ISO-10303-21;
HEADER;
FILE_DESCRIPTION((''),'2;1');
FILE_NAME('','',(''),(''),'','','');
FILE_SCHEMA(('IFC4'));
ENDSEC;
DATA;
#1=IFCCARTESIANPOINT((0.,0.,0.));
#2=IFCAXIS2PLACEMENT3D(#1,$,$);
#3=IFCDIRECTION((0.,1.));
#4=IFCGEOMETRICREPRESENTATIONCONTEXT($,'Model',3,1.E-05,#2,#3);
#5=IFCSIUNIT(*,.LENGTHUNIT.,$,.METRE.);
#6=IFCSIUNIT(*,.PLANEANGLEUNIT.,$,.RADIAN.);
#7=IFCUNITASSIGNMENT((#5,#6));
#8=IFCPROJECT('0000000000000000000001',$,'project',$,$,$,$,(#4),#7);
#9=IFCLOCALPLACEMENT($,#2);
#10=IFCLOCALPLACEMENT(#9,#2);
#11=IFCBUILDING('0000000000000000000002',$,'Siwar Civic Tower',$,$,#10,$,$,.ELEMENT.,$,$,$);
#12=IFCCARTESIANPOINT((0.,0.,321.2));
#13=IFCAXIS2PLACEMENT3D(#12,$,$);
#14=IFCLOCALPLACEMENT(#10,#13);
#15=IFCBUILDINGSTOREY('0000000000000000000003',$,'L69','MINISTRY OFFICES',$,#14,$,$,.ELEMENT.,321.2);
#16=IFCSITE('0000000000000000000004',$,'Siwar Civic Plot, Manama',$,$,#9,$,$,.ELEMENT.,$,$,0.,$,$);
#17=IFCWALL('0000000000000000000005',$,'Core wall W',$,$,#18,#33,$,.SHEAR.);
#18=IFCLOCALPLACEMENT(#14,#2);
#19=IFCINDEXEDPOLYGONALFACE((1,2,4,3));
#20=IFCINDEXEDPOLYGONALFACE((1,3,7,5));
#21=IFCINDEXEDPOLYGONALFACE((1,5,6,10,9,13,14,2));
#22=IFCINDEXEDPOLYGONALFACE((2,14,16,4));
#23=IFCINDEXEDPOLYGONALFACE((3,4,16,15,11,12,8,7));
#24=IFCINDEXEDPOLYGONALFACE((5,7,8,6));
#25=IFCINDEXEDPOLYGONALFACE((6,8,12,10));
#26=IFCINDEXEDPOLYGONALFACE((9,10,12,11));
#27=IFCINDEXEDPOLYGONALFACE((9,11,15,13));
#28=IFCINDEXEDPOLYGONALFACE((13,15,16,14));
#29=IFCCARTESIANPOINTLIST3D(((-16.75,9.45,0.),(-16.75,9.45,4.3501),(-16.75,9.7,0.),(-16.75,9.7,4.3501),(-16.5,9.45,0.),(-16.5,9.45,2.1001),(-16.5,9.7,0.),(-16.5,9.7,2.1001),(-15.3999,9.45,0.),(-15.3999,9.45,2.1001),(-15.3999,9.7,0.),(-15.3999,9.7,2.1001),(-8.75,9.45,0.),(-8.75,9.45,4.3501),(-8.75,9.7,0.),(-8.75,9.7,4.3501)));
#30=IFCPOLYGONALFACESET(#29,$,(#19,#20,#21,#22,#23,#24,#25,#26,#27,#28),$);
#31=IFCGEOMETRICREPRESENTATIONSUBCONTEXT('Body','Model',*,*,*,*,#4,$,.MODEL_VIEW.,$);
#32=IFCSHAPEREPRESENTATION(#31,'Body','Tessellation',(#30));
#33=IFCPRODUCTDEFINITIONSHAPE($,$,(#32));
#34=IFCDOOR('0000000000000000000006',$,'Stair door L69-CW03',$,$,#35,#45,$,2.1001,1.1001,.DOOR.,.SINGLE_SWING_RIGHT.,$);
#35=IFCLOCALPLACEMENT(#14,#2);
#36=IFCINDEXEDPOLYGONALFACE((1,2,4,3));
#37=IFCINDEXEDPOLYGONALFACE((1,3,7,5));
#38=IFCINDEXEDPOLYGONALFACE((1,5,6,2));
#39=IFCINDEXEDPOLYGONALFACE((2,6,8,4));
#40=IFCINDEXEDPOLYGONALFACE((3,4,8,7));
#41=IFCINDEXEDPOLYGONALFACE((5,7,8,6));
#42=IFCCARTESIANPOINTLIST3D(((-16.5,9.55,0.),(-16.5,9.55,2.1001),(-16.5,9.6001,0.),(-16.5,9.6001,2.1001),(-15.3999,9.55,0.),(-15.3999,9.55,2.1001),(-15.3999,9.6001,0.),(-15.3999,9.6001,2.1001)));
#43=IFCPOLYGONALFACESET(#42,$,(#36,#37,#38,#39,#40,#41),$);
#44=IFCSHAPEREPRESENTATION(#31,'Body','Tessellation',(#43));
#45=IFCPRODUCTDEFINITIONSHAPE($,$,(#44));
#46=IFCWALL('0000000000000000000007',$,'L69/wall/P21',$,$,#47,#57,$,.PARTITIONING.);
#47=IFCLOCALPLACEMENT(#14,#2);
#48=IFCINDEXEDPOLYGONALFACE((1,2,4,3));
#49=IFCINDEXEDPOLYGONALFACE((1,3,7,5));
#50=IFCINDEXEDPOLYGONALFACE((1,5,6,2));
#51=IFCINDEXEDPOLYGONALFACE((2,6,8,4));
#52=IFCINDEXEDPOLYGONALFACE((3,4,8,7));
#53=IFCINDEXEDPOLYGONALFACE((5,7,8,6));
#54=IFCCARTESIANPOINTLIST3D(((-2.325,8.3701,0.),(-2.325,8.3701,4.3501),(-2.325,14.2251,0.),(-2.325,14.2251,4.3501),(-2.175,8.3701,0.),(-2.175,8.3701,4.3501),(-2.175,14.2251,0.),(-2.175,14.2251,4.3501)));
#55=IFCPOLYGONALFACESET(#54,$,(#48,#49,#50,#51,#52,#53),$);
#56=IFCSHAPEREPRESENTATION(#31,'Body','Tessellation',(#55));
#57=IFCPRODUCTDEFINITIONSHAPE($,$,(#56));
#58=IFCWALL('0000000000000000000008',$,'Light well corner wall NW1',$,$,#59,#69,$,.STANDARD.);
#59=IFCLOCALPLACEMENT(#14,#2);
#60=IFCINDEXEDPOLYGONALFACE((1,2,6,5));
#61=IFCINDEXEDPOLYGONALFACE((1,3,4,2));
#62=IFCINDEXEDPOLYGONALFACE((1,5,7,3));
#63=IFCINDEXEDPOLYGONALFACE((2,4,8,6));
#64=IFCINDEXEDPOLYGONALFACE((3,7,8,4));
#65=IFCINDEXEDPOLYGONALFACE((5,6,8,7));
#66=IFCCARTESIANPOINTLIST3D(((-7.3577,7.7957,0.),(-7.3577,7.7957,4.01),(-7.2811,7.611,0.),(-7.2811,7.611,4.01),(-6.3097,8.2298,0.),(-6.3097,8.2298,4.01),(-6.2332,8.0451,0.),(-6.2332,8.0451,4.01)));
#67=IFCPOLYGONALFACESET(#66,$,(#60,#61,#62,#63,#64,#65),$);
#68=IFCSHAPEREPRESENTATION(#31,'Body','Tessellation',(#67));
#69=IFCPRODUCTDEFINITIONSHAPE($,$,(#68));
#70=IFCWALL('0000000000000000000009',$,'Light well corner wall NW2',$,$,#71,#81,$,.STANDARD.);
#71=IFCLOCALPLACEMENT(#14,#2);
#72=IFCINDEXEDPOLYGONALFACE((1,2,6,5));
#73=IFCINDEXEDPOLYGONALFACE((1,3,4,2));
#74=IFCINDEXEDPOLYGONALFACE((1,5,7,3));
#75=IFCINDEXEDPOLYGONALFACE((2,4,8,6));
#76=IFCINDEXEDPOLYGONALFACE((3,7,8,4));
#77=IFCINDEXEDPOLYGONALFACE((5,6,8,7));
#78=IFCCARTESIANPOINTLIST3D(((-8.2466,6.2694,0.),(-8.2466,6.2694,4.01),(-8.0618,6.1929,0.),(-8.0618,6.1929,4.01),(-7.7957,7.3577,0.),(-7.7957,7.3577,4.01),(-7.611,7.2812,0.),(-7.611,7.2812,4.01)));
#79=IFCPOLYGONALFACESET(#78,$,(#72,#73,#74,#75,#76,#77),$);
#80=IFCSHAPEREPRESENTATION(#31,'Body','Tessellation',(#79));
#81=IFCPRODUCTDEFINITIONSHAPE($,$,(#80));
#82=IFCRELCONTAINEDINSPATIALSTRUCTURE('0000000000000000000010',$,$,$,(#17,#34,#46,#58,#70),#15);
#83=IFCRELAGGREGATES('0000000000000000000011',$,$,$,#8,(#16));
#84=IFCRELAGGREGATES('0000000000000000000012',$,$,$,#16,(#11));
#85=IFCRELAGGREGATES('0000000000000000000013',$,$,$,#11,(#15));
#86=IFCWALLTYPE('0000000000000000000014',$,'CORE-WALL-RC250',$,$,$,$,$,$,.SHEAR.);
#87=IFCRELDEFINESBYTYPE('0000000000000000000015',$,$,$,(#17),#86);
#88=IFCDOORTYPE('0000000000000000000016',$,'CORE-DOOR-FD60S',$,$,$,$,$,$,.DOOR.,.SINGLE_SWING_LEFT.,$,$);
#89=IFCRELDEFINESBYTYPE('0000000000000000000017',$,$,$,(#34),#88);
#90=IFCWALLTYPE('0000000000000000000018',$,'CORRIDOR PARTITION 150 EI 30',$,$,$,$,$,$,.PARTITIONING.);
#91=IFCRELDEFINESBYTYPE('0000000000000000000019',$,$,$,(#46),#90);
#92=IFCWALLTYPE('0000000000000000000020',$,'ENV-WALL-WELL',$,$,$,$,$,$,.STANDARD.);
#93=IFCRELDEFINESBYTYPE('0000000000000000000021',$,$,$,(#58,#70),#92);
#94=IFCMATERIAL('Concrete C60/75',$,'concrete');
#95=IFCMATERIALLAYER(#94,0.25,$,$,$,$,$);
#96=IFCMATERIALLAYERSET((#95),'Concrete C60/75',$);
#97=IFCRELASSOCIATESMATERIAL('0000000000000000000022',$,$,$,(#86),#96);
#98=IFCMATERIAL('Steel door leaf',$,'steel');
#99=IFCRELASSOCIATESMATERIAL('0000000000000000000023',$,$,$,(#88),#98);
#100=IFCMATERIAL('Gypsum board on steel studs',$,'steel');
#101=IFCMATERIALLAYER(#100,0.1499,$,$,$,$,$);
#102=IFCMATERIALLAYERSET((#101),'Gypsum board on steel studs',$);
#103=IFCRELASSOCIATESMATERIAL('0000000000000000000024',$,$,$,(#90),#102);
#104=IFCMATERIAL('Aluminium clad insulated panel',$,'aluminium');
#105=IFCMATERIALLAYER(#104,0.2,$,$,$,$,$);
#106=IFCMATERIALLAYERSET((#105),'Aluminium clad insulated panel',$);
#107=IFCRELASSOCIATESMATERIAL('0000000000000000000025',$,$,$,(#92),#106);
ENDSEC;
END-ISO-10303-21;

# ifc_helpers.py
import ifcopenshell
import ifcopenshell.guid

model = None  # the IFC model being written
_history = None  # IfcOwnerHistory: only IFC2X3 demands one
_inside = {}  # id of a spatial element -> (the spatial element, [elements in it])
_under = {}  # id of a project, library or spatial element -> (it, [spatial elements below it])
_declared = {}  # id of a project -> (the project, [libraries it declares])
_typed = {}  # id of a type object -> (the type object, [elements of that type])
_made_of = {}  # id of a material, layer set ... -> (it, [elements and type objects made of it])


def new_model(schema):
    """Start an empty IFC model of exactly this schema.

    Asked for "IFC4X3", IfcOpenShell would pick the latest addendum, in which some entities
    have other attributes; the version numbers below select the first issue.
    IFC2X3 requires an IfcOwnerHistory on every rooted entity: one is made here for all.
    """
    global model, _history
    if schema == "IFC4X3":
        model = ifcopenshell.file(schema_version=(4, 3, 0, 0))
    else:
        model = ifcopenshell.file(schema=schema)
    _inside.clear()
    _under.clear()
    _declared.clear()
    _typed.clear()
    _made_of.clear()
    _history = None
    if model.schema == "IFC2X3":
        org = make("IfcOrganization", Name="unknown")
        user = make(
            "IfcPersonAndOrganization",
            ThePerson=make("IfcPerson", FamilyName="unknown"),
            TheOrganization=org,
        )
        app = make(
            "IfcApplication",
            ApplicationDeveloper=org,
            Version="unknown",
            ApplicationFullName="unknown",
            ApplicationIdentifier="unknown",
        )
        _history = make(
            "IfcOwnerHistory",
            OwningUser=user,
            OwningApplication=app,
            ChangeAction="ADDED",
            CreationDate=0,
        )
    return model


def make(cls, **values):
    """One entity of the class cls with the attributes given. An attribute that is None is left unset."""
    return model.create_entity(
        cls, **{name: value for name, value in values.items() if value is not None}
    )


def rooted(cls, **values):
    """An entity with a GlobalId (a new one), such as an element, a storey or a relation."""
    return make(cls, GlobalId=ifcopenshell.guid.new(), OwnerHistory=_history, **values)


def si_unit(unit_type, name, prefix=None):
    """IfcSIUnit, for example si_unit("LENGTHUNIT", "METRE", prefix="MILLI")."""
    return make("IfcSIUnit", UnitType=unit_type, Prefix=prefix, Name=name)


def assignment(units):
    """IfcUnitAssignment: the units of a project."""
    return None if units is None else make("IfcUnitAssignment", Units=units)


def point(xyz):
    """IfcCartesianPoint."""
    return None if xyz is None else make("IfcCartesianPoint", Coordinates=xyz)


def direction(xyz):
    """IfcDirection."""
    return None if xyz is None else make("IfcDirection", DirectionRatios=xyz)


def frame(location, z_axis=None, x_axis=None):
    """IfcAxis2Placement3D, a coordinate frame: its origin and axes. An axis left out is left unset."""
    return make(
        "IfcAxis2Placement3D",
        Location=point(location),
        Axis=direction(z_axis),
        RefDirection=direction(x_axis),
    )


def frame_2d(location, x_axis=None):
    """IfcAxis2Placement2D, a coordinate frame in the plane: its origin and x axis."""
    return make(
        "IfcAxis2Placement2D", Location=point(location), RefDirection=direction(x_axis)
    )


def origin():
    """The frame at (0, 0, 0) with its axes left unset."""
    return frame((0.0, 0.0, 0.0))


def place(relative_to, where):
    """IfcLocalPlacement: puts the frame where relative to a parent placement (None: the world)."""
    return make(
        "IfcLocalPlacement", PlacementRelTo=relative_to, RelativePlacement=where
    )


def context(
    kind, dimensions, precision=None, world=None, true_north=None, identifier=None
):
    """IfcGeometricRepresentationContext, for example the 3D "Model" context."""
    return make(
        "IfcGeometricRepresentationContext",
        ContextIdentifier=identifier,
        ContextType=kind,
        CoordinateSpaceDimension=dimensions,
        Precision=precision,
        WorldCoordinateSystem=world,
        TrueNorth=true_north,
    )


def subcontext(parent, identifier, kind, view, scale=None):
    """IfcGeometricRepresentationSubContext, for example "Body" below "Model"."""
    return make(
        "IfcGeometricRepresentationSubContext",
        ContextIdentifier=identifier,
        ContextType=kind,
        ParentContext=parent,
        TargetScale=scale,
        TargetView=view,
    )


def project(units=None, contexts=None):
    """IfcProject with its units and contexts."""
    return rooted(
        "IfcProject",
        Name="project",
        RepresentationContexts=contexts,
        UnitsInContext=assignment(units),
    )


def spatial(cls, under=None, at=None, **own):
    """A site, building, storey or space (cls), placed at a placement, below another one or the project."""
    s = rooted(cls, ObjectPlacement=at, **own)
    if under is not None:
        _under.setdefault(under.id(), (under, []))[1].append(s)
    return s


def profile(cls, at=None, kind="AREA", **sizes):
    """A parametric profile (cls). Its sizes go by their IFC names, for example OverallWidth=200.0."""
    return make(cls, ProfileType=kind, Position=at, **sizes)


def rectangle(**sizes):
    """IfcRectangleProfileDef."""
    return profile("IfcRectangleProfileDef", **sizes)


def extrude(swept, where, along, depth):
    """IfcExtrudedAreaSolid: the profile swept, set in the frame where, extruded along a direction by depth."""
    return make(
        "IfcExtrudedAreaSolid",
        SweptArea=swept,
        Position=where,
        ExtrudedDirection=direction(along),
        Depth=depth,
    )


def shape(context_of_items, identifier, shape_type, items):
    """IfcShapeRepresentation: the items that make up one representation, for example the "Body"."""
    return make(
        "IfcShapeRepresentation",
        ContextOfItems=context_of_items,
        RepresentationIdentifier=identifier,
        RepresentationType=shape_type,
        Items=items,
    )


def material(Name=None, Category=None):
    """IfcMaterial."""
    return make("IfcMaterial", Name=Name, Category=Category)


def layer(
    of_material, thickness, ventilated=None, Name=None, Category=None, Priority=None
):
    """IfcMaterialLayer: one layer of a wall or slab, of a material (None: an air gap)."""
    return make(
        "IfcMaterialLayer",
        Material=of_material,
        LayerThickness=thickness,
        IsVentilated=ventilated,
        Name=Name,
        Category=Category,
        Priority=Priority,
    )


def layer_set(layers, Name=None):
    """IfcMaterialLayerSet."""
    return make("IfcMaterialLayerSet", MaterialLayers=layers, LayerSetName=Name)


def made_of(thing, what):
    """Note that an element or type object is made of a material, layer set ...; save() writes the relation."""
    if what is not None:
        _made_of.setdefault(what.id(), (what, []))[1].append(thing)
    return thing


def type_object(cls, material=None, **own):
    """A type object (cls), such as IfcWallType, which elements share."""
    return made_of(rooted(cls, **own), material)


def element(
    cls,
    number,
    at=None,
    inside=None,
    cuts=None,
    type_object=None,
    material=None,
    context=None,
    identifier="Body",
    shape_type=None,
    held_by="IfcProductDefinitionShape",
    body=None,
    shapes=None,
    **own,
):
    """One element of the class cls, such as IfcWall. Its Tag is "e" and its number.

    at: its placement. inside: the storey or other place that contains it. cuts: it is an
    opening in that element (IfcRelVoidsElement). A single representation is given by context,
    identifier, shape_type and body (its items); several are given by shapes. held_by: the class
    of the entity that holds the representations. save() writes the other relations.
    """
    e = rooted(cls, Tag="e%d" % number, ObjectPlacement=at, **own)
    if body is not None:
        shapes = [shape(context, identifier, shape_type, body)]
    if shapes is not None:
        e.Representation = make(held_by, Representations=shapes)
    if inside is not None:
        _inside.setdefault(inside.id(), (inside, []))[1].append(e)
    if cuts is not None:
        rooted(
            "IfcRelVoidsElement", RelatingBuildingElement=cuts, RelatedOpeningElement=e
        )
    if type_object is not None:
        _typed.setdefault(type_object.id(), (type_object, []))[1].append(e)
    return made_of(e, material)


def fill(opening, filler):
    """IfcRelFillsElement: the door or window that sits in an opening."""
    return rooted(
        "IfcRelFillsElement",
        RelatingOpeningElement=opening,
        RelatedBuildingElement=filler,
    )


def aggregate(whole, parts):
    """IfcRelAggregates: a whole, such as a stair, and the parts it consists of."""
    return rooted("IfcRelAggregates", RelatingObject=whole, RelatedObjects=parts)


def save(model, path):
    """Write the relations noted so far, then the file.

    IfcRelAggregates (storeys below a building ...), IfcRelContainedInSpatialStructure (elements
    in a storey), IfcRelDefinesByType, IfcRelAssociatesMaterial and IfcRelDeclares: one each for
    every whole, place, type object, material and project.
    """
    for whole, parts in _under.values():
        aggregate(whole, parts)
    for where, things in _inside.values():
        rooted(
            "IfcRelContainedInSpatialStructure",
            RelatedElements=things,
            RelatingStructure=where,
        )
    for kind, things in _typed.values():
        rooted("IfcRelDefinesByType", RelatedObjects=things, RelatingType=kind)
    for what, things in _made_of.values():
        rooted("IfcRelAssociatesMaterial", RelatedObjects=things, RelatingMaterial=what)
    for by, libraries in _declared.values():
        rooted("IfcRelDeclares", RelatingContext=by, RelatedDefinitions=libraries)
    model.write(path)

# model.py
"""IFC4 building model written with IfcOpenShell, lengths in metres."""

from ifc_helpers import new_model, si_unit, direction, frame, frame_2d, origin, place, context, subcontext, project, spatial, rectangle, extrude, material, layer, layer_set, type_object, element, fill, save


model = new_model("IFC4")

# Units and contexts
model_context = context("Model", 3, precision=1e-05, world=origin(), true_north=direction((0.0, 1.0)))
body_context = subcontext(model_context, "Body", "Model", "MODEL_VIEW")
ifc_project = project(units=[si_unit("LENGTHUNIT", "METRE"), si_unit("PLANEANGLEUNIT", "RADIAN")], contexts=[model_context])

# Site, building, storey
site_placement = place(None, origin())
site = spatial("IfcSite", under=ifc_project, at=site_placement, Name="Siwar Civic Plot, Manama", CompositionType="ELEMENT", RefElevation=0.0)
building_placement = place(site_placement, origin())
building = spatial("IfcBuilding", under=site, at=building_placement, Name="Siwar Civic Tower", CompositionType="ELEMENT")
storey_placement = place(building_placement, frame((0.0, 0.0, 321.2)))
storey = spatial("IfcBuildingStorey", under=building, at=storey_placement, Name="L69", Description="MINISTRY OFFICES", CompositionType="ELEMENT", Elevation=321.2)

# Shared definitions
ifc_material_1 = material(Name="Concrete C60/75", Category="concrete")
ifc_layer_1 = layer(ifc_material_1, 0.25)
ifc_layer_set_1 = layer_set([ifc_layer_1], Name="Concrete C60/75")
wall_type_1 = type_object("IfcWallType", Name="CORE-WALL-RC250", PredefinedType="SHEAR", material=ifc_layer_set_1)

# Wall, opening, door
wall_1_placement = place(storey_placement, frame((-8.75, 9.575, 0.0), z_axis=(0.0, 0.0, 1.0), x_axis=(-1.0, 0.0, 0.0)))
wall_1 = element("IfcWall", 1, at=wall_1_placement, inside=storey, type_object=wall_type_1, Name="Core wall W", PredefinedType="SHEAR", context=body_context, shape_type="SweptSolid", body=[
    extrude(rectangle(XDim=8.0, YDim=0.25, at=frame_2d((4.0, 0.0))), origin(), (0.0, 0.0, 1.0), 4.3501),
])
opening_1_placement = place(wall_1_placement, frame((6.6499, 0.0, 0.0)))
opening_1 = element("IfcOpeningElement", 2, at=opening_1_placement, cuts=wall_1, PredefinedType="OPENING", context=body_context, shape_type="SweptSolid", body=[
    extrude(rectangle(XDim=1.1001, YDim=2.1001, at=frame_2d((0.55, 1.05))), frame((0.0, 0.135, 0.0), z_axis=(0.0, -1.0, 0.0), x_axis=(1.0, 0.0, 0.0)), (0.0, 0.0, 1.0), 0.27),
])
ifc_material_2 = material(Name="Steel door leaf", Category="steel")
door_type_1 = type_object("IfcDoorType", Name="CORE-DOOR-FD60S", OperationType="SINGLE_SWING_LEFT", PredefinedType="DOOR", material=ifc_material_2)
door_1_placement = place(opening_1_placement, origin())
door_1 = element("IfcDoor", 3, at=door_1_placement, inside=storey, type_object=door_type_1, Name="Stair door L69-CW03", OperationType="SINGLE_SWING_RIGHT", OverallHeight=2.1001, OverallWidth=1.1001, PredefinedType="DOOR", context=body_context, shape_type="SweptSolid", body=[
    extrude(rectangle(XDim=1.1001, YDim=2.1001, at=frame_2d((0.55, 1.05))), frame((0.0, 0.0249, 0.0), z_axis=(0.0, -1.0, 0.0), x_axis=(1.0, 0.0, 0.0)), (0.0, 0.0, 1.0), 0.05),
])
fill(opening_1, door_1)

# Walls
ifc_material_3 = material(Name="Gypsum board on steel studs", Category="steel")
ifc_layer_2 = layer(ifc_material_3, 0.1499)
ifc_layer_set_2 = layer_set([ifc_layer_2], Name="Gypsum board on steel studs")
wall_type_2 = type_object("IfcWallType", Name="CORRIDOR PARTITION 150 EI 30", PredefinedType="PARTITIONING", material=ifc_layer_set_2)
wall_2_placement = place(storey_placement, frame((-2.25, 8.3701, 0.0), z_axis=(0.0, 0.0, 1.0), x_axis=(0.0, 1.0, 0.0)))
element("IfcWall", 4, at=wall_2_placement, inside=storey, type_object=wall_type_2, Name="L69/wall/P21", PredefinedType="PARTITIONING", context=body_context, shape_type="SweptSolid", body=[
    extrude(rectangle(XDim=5.855, YDim=0.1499, at=frame_2d((2.9275, 0.0))), origin(), (0.0, 0.0, 1.0), 4.3501),
])
ifc_material_4 = material(Name="Aluminium clad insulated panel", Category="aluminium")
ifc_layer_3 = layer(ifc_material_4, 0.2)
ifc_layer_set_3 = layer_set([ifc_layer_3], Name="Aluminium clad insulated panel")
wall_type_3 = type_object("IfcWallType", Name="ENV-WALL-WELL", PredefinedType="STANDARD", material=ifc_layer_set_3)
wall_3_placement = place(storey_placement, frame((-6.2715, 8.1375, 0.0), z_axis=(0.0, 0.0, 1.0), x_axis=(-0.923865, -0.382719, 0.0)))
element("IfcWall", 5, at=wall_3_placement, inside=storey, type_object=wall_type_3, Name="Light well corner wall NW1", PredefinedType="STANDARD", context=body_context, shape_type="SweptSolid", body=[
    extrude(rectangle(XDim=1.1343, YDim=0.2, at=frame_2d((0.5671, 0.0))), origin(), (0.0, 0.0, 1.0), 4.01),
])
wall_4_placement = place(storey_placement, frame((-7.7034, 7.3193, 0.0), z_axis=(0.0, 0.0, 1.0), x_axis=(-0.382761, -0.923848, 0.0)))
element("IfcWall", 6, at=wall_4_placement, inside=storey, type_object=wall_type_3, Name="Light well corner wall NW2", PredefinedType="STANDARD", context=body_context, shape_type="SweptSolid", body=[
    extrude(rectangle(XDim=1.178, YDim=0.2, at=frame_2d((0.5889, 0.0))), origin(), (0.0, 0.0, 1.0), 4.01),
])

save(model, "model.ifc")
